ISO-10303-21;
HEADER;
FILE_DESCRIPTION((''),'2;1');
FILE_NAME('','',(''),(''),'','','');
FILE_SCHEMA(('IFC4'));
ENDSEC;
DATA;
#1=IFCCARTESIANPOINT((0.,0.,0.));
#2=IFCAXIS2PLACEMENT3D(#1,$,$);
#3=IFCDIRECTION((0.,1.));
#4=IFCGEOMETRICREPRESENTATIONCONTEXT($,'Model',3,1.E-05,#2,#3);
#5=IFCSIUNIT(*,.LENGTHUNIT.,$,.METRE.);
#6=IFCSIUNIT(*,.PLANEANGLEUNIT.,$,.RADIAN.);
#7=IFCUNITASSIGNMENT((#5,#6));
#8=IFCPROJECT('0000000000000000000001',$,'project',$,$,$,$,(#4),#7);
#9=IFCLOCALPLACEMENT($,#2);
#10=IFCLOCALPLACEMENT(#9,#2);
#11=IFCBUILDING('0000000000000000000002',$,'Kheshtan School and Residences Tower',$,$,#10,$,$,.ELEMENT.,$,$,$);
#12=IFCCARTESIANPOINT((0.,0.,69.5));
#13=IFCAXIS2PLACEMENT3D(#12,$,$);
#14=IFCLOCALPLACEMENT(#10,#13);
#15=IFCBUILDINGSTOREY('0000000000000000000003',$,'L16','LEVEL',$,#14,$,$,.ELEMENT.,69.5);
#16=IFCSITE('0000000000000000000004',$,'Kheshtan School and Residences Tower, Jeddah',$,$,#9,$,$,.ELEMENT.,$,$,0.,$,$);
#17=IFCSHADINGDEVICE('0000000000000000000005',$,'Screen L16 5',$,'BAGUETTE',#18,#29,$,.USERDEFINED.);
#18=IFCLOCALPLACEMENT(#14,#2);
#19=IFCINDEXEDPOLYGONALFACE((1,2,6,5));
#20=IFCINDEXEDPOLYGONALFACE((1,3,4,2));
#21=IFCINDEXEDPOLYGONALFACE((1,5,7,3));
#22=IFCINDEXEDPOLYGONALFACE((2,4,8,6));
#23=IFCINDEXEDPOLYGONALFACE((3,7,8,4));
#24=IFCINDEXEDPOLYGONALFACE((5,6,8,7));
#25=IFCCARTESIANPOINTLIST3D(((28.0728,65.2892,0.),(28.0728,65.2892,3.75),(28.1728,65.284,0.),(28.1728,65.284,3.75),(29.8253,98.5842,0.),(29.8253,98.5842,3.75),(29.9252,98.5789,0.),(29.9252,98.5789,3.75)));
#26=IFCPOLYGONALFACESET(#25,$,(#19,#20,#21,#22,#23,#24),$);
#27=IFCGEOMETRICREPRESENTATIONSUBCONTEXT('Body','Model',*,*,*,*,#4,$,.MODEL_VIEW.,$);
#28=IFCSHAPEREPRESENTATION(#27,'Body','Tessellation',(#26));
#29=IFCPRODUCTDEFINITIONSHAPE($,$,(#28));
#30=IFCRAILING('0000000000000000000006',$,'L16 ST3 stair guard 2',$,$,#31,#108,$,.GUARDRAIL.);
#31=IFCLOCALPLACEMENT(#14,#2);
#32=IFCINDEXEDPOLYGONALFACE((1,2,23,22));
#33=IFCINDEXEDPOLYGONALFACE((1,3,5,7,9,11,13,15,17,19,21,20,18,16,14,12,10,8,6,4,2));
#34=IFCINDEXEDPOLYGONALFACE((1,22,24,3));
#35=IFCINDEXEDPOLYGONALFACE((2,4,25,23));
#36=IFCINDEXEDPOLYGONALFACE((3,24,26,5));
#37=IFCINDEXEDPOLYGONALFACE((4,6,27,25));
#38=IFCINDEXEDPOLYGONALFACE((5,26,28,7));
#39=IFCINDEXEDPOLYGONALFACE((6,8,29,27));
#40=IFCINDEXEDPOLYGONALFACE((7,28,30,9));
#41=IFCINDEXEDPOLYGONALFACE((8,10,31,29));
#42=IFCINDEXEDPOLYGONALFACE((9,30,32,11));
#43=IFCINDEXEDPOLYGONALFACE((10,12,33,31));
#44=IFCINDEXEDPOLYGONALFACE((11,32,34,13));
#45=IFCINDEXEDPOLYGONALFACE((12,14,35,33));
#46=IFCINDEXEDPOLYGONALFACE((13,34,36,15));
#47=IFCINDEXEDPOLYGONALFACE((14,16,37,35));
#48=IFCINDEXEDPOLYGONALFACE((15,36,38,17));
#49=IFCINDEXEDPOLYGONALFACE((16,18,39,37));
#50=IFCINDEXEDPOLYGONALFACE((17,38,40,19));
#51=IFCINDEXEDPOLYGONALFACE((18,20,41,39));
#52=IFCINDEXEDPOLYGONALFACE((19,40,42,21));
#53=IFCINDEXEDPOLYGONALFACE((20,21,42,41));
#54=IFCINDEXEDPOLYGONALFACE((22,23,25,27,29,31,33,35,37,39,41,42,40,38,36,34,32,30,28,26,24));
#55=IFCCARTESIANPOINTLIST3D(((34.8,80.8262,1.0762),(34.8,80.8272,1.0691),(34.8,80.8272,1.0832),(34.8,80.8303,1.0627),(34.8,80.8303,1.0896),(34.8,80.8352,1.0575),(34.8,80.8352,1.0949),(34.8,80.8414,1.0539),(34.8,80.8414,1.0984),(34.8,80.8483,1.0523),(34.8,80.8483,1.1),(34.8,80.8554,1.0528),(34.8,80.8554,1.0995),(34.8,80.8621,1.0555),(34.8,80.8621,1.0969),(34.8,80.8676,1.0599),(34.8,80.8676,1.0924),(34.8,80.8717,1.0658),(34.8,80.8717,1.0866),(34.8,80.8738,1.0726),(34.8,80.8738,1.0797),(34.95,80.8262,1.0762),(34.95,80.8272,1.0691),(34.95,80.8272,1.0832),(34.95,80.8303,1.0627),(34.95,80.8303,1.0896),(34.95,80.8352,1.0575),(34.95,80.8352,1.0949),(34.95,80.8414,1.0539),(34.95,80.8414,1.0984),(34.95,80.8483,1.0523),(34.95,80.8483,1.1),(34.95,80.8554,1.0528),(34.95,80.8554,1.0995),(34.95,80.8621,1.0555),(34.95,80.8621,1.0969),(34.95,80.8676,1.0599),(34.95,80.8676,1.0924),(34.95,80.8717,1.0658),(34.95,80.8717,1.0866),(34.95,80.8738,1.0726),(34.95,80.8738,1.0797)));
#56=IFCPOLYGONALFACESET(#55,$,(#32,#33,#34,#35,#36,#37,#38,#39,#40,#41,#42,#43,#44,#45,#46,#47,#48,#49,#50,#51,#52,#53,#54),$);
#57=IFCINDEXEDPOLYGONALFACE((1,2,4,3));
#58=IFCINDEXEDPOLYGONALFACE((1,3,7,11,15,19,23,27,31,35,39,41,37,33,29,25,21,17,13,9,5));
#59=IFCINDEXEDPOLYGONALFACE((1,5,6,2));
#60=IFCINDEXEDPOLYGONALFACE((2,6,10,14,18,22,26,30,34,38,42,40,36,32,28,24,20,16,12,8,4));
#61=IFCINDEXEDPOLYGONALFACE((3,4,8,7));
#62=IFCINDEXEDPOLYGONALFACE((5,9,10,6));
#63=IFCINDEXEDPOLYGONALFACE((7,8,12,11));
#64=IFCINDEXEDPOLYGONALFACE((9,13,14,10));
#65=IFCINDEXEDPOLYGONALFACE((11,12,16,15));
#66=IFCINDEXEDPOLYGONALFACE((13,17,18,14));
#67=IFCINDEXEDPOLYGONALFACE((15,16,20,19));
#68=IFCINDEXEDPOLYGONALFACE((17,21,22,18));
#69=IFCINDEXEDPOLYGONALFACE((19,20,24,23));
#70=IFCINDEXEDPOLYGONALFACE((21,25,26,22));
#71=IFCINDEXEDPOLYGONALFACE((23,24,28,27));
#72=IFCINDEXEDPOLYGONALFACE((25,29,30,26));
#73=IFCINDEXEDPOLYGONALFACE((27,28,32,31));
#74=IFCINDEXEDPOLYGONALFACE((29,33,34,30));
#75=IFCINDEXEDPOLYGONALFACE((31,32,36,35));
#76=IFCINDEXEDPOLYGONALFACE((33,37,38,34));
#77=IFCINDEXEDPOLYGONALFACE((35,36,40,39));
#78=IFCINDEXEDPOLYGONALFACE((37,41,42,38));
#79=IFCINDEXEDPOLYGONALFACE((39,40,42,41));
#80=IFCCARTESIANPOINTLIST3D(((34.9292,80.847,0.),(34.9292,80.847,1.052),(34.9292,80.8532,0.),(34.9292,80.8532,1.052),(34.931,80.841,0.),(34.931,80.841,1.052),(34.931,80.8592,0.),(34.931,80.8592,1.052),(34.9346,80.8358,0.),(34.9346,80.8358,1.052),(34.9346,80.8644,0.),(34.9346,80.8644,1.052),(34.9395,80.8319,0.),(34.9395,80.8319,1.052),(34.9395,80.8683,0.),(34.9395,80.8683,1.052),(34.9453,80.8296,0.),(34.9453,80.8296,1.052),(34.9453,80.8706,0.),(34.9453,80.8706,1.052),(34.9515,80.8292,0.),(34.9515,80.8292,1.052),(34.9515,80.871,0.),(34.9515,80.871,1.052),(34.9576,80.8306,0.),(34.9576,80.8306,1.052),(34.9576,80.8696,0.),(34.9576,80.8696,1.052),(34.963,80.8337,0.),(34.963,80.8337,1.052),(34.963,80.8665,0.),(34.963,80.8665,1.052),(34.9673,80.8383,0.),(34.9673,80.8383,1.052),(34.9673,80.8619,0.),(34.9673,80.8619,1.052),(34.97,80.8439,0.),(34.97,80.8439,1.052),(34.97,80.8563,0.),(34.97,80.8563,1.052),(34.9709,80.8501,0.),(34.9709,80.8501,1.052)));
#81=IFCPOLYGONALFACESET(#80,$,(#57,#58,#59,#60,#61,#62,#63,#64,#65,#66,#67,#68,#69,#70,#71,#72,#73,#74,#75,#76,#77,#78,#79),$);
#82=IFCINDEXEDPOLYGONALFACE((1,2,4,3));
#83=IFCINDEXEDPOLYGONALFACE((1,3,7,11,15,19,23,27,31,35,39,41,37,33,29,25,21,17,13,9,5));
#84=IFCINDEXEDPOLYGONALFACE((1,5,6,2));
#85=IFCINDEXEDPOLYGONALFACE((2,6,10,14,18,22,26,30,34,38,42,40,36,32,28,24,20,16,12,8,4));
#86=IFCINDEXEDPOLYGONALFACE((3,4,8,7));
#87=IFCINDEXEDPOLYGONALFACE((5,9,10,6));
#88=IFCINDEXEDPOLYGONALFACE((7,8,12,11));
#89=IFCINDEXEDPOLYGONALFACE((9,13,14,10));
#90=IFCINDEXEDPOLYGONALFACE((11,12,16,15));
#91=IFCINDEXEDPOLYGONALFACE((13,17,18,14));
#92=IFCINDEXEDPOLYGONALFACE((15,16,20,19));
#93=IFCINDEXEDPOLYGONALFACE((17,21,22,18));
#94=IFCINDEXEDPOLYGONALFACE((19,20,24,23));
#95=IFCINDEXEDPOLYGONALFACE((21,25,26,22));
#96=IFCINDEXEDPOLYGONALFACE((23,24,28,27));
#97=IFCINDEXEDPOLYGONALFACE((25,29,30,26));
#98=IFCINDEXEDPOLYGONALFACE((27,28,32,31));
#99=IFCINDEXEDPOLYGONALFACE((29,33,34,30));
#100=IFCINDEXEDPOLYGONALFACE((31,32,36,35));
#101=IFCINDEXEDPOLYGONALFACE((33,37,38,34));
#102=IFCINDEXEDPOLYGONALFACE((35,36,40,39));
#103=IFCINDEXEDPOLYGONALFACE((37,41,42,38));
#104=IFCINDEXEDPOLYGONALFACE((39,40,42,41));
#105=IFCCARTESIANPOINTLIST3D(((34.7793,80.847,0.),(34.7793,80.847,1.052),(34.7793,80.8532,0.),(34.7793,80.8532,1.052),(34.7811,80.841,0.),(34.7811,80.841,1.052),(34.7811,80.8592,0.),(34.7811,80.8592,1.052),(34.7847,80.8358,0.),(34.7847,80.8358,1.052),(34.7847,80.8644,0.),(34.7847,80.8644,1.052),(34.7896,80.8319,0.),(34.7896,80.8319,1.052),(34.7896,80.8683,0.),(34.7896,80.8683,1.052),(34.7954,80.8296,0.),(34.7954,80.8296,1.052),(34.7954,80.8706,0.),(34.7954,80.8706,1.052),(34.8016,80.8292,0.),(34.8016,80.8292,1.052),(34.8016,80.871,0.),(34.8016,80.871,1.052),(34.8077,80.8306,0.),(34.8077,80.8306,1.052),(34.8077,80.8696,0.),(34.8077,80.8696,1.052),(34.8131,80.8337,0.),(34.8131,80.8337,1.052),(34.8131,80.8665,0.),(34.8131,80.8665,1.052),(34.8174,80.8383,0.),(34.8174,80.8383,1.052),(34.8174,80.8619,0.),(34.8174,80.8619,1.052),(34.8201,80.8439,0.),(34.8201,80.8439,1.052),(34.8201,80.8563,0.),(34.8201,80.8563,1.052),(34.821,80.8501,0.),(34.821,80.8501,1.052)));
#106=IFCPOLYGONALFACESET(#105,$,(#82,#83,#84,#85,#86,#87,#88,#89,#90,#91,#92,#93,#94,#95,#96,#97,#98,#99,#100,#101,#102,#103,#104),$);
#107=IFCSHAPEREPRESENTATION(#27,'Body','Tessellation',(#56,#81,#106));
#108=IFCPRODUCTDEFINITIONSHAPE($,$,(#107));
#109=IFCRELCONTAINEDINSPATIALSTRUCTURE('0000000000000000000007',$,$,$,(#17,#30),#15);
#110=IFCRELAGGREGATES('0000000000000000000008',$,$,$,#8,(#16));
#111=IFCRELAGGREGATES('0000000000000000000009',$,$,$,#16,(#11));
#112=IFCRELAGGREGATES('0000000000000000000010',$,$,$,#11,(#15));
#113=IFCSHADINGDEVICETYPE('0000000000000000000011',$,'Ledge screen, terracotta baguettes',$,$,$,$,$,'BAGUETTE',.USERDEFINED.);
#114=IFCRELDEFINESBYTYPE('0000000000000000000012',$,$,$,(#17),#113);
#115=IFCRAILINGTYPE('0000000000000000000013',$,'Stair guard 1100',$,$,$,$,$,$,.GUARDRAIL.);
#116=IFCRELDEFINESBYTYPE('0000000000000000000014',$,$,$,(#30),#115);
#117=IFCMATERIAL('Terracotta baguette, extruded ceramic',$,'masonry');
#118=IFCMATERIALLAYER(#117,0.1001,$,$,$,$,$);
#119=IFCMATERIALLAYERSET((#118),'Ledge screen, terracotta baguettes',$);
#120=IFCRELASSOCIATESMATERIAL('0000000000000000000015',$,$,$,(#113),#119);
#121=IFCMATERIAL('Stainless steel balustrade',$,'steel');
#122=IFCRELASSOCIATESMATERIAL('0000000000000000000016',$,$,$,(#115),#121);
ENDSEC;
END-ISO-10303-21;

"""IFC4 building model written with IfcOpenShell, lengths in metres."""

from ifc_helpers import new_model, si_unit, direction, frame, origin, origin_2d, place, context, subcontext, project, spatial, rectangle, circle, extrude, material, layer, layer_set, type_object, element, save


model = new_model("IFC4")

# Units and contexts
model_context = context("Model", 3, precision=1e-05, world=origin(), true_north=direction((0.0, 1.0)))
body_context = subcontext(model_context, "Body", "Model", "MODEL_VIEW")
ifc_project = project(units=[si_unit("LENGTHUNIT", "METRE"), si_unit("PLANEANGLEUNIT", "RADIAN")], contexts=[model_context])

# Site, building, storey
site_placement = place(None, origin())
site = spatial("IfcSite", under=ifc_project, at=site_placement, Name="Kheshtan School and Residences Tower, Jeddah", CompositionType="ELEMENT", RefElevation=0.0)
building_placement = place(site_placement, origin())
building = spatial("IfcBuilding", under=site, at=building_placement, Name="Kheshtan School and Residences Tower", CompositionType="ELEMENT")
storey_placement = place(building_placement, frame((0.0, 0.0, 69.5)))
storey = spatial("IfcBuildingStorey", under=building, at=storey_placement, Name="L16", Description="LEVEL", CompositionType="ELEMENT", Elevation=69.5)

# Shading device
ifc_material_1 = material(Name="Terracotta baguette, extruded ceramic", Category="masonry")
ifc_layer_1 = layer(ifc_material_1, 0.1001)
ifc_layer_set_1 = layer_set([ifc_layer_1], Name="Ledge screen, terracotta baguettes")
shading_device_type = type_object("IfcShadingDeviceType", Name="Ledge screen, terracotta baguettes", ElementType="BAGUETTE", PredefinedType="USERDEFINED", material=ifc_layer_set_1)
shading_device_placement = place(storey_placement, frame((28.999, 81.9341, 0.0), z_axis=(0.0, 0.0, 1.0), x_axis=(0.052563, 0.998618, 0.0)))
element("IfcShadingDevice", 1, at=shading_device_placement, inside=storey, type_object=shading_device_type, Name="Screen L16 5", ObjectType="BAGUETTE", PredefinedType="USERDEFINED", context=body_context, shape_type="SweptSolid", body=[
    extrude(rectangle(XDim=33.3411, YDim=0.1001, at=origin_2d()), origin(), (0.0, 0.0, 1.0), 3.75),
])

# Railing
ifc_material_2 = material(Name="Stainless steel balustrade", Category="steel")
railing_type_1 = type_object("IfcRailingType", Name="Stair guard 1100", PredefinedType="GUARDRAIL", material=ifc_material_2)
railing_1_placement = place(storey_placement, frame((34.95, 80.8501, 0.0)))
element("IfcRailing", 2, at=railing_1_placement, inside=storey, type_object=railing_type_1, Name="L16 ST3 stair guard 2", PredefinedType="GUARDRAIL", context=body_context, shape_type="SweptSolid", body=[
    extrude(circle(Radius=0.0239, at=origin_2d()), frame((0.0, 0.0, 1.0762), z_axis=(-1.0, 0.0, 0.0), x_axis=(0.0, -1.0, 0.0)), (0.0, 0.0, 1.0), 0.1499),
    extrude(circle(Radius=0.021, at=origin_2d()), origin(), (0.0, 0.0, 1.0), 1.052),
    extrude(circle(Radius=0.021, at=origin_2d()), frame((-0.1499, 0.0, 0.0)), (0.0, 0.0, 1.0), 1.052),
])

save(model, "model.ifc")
